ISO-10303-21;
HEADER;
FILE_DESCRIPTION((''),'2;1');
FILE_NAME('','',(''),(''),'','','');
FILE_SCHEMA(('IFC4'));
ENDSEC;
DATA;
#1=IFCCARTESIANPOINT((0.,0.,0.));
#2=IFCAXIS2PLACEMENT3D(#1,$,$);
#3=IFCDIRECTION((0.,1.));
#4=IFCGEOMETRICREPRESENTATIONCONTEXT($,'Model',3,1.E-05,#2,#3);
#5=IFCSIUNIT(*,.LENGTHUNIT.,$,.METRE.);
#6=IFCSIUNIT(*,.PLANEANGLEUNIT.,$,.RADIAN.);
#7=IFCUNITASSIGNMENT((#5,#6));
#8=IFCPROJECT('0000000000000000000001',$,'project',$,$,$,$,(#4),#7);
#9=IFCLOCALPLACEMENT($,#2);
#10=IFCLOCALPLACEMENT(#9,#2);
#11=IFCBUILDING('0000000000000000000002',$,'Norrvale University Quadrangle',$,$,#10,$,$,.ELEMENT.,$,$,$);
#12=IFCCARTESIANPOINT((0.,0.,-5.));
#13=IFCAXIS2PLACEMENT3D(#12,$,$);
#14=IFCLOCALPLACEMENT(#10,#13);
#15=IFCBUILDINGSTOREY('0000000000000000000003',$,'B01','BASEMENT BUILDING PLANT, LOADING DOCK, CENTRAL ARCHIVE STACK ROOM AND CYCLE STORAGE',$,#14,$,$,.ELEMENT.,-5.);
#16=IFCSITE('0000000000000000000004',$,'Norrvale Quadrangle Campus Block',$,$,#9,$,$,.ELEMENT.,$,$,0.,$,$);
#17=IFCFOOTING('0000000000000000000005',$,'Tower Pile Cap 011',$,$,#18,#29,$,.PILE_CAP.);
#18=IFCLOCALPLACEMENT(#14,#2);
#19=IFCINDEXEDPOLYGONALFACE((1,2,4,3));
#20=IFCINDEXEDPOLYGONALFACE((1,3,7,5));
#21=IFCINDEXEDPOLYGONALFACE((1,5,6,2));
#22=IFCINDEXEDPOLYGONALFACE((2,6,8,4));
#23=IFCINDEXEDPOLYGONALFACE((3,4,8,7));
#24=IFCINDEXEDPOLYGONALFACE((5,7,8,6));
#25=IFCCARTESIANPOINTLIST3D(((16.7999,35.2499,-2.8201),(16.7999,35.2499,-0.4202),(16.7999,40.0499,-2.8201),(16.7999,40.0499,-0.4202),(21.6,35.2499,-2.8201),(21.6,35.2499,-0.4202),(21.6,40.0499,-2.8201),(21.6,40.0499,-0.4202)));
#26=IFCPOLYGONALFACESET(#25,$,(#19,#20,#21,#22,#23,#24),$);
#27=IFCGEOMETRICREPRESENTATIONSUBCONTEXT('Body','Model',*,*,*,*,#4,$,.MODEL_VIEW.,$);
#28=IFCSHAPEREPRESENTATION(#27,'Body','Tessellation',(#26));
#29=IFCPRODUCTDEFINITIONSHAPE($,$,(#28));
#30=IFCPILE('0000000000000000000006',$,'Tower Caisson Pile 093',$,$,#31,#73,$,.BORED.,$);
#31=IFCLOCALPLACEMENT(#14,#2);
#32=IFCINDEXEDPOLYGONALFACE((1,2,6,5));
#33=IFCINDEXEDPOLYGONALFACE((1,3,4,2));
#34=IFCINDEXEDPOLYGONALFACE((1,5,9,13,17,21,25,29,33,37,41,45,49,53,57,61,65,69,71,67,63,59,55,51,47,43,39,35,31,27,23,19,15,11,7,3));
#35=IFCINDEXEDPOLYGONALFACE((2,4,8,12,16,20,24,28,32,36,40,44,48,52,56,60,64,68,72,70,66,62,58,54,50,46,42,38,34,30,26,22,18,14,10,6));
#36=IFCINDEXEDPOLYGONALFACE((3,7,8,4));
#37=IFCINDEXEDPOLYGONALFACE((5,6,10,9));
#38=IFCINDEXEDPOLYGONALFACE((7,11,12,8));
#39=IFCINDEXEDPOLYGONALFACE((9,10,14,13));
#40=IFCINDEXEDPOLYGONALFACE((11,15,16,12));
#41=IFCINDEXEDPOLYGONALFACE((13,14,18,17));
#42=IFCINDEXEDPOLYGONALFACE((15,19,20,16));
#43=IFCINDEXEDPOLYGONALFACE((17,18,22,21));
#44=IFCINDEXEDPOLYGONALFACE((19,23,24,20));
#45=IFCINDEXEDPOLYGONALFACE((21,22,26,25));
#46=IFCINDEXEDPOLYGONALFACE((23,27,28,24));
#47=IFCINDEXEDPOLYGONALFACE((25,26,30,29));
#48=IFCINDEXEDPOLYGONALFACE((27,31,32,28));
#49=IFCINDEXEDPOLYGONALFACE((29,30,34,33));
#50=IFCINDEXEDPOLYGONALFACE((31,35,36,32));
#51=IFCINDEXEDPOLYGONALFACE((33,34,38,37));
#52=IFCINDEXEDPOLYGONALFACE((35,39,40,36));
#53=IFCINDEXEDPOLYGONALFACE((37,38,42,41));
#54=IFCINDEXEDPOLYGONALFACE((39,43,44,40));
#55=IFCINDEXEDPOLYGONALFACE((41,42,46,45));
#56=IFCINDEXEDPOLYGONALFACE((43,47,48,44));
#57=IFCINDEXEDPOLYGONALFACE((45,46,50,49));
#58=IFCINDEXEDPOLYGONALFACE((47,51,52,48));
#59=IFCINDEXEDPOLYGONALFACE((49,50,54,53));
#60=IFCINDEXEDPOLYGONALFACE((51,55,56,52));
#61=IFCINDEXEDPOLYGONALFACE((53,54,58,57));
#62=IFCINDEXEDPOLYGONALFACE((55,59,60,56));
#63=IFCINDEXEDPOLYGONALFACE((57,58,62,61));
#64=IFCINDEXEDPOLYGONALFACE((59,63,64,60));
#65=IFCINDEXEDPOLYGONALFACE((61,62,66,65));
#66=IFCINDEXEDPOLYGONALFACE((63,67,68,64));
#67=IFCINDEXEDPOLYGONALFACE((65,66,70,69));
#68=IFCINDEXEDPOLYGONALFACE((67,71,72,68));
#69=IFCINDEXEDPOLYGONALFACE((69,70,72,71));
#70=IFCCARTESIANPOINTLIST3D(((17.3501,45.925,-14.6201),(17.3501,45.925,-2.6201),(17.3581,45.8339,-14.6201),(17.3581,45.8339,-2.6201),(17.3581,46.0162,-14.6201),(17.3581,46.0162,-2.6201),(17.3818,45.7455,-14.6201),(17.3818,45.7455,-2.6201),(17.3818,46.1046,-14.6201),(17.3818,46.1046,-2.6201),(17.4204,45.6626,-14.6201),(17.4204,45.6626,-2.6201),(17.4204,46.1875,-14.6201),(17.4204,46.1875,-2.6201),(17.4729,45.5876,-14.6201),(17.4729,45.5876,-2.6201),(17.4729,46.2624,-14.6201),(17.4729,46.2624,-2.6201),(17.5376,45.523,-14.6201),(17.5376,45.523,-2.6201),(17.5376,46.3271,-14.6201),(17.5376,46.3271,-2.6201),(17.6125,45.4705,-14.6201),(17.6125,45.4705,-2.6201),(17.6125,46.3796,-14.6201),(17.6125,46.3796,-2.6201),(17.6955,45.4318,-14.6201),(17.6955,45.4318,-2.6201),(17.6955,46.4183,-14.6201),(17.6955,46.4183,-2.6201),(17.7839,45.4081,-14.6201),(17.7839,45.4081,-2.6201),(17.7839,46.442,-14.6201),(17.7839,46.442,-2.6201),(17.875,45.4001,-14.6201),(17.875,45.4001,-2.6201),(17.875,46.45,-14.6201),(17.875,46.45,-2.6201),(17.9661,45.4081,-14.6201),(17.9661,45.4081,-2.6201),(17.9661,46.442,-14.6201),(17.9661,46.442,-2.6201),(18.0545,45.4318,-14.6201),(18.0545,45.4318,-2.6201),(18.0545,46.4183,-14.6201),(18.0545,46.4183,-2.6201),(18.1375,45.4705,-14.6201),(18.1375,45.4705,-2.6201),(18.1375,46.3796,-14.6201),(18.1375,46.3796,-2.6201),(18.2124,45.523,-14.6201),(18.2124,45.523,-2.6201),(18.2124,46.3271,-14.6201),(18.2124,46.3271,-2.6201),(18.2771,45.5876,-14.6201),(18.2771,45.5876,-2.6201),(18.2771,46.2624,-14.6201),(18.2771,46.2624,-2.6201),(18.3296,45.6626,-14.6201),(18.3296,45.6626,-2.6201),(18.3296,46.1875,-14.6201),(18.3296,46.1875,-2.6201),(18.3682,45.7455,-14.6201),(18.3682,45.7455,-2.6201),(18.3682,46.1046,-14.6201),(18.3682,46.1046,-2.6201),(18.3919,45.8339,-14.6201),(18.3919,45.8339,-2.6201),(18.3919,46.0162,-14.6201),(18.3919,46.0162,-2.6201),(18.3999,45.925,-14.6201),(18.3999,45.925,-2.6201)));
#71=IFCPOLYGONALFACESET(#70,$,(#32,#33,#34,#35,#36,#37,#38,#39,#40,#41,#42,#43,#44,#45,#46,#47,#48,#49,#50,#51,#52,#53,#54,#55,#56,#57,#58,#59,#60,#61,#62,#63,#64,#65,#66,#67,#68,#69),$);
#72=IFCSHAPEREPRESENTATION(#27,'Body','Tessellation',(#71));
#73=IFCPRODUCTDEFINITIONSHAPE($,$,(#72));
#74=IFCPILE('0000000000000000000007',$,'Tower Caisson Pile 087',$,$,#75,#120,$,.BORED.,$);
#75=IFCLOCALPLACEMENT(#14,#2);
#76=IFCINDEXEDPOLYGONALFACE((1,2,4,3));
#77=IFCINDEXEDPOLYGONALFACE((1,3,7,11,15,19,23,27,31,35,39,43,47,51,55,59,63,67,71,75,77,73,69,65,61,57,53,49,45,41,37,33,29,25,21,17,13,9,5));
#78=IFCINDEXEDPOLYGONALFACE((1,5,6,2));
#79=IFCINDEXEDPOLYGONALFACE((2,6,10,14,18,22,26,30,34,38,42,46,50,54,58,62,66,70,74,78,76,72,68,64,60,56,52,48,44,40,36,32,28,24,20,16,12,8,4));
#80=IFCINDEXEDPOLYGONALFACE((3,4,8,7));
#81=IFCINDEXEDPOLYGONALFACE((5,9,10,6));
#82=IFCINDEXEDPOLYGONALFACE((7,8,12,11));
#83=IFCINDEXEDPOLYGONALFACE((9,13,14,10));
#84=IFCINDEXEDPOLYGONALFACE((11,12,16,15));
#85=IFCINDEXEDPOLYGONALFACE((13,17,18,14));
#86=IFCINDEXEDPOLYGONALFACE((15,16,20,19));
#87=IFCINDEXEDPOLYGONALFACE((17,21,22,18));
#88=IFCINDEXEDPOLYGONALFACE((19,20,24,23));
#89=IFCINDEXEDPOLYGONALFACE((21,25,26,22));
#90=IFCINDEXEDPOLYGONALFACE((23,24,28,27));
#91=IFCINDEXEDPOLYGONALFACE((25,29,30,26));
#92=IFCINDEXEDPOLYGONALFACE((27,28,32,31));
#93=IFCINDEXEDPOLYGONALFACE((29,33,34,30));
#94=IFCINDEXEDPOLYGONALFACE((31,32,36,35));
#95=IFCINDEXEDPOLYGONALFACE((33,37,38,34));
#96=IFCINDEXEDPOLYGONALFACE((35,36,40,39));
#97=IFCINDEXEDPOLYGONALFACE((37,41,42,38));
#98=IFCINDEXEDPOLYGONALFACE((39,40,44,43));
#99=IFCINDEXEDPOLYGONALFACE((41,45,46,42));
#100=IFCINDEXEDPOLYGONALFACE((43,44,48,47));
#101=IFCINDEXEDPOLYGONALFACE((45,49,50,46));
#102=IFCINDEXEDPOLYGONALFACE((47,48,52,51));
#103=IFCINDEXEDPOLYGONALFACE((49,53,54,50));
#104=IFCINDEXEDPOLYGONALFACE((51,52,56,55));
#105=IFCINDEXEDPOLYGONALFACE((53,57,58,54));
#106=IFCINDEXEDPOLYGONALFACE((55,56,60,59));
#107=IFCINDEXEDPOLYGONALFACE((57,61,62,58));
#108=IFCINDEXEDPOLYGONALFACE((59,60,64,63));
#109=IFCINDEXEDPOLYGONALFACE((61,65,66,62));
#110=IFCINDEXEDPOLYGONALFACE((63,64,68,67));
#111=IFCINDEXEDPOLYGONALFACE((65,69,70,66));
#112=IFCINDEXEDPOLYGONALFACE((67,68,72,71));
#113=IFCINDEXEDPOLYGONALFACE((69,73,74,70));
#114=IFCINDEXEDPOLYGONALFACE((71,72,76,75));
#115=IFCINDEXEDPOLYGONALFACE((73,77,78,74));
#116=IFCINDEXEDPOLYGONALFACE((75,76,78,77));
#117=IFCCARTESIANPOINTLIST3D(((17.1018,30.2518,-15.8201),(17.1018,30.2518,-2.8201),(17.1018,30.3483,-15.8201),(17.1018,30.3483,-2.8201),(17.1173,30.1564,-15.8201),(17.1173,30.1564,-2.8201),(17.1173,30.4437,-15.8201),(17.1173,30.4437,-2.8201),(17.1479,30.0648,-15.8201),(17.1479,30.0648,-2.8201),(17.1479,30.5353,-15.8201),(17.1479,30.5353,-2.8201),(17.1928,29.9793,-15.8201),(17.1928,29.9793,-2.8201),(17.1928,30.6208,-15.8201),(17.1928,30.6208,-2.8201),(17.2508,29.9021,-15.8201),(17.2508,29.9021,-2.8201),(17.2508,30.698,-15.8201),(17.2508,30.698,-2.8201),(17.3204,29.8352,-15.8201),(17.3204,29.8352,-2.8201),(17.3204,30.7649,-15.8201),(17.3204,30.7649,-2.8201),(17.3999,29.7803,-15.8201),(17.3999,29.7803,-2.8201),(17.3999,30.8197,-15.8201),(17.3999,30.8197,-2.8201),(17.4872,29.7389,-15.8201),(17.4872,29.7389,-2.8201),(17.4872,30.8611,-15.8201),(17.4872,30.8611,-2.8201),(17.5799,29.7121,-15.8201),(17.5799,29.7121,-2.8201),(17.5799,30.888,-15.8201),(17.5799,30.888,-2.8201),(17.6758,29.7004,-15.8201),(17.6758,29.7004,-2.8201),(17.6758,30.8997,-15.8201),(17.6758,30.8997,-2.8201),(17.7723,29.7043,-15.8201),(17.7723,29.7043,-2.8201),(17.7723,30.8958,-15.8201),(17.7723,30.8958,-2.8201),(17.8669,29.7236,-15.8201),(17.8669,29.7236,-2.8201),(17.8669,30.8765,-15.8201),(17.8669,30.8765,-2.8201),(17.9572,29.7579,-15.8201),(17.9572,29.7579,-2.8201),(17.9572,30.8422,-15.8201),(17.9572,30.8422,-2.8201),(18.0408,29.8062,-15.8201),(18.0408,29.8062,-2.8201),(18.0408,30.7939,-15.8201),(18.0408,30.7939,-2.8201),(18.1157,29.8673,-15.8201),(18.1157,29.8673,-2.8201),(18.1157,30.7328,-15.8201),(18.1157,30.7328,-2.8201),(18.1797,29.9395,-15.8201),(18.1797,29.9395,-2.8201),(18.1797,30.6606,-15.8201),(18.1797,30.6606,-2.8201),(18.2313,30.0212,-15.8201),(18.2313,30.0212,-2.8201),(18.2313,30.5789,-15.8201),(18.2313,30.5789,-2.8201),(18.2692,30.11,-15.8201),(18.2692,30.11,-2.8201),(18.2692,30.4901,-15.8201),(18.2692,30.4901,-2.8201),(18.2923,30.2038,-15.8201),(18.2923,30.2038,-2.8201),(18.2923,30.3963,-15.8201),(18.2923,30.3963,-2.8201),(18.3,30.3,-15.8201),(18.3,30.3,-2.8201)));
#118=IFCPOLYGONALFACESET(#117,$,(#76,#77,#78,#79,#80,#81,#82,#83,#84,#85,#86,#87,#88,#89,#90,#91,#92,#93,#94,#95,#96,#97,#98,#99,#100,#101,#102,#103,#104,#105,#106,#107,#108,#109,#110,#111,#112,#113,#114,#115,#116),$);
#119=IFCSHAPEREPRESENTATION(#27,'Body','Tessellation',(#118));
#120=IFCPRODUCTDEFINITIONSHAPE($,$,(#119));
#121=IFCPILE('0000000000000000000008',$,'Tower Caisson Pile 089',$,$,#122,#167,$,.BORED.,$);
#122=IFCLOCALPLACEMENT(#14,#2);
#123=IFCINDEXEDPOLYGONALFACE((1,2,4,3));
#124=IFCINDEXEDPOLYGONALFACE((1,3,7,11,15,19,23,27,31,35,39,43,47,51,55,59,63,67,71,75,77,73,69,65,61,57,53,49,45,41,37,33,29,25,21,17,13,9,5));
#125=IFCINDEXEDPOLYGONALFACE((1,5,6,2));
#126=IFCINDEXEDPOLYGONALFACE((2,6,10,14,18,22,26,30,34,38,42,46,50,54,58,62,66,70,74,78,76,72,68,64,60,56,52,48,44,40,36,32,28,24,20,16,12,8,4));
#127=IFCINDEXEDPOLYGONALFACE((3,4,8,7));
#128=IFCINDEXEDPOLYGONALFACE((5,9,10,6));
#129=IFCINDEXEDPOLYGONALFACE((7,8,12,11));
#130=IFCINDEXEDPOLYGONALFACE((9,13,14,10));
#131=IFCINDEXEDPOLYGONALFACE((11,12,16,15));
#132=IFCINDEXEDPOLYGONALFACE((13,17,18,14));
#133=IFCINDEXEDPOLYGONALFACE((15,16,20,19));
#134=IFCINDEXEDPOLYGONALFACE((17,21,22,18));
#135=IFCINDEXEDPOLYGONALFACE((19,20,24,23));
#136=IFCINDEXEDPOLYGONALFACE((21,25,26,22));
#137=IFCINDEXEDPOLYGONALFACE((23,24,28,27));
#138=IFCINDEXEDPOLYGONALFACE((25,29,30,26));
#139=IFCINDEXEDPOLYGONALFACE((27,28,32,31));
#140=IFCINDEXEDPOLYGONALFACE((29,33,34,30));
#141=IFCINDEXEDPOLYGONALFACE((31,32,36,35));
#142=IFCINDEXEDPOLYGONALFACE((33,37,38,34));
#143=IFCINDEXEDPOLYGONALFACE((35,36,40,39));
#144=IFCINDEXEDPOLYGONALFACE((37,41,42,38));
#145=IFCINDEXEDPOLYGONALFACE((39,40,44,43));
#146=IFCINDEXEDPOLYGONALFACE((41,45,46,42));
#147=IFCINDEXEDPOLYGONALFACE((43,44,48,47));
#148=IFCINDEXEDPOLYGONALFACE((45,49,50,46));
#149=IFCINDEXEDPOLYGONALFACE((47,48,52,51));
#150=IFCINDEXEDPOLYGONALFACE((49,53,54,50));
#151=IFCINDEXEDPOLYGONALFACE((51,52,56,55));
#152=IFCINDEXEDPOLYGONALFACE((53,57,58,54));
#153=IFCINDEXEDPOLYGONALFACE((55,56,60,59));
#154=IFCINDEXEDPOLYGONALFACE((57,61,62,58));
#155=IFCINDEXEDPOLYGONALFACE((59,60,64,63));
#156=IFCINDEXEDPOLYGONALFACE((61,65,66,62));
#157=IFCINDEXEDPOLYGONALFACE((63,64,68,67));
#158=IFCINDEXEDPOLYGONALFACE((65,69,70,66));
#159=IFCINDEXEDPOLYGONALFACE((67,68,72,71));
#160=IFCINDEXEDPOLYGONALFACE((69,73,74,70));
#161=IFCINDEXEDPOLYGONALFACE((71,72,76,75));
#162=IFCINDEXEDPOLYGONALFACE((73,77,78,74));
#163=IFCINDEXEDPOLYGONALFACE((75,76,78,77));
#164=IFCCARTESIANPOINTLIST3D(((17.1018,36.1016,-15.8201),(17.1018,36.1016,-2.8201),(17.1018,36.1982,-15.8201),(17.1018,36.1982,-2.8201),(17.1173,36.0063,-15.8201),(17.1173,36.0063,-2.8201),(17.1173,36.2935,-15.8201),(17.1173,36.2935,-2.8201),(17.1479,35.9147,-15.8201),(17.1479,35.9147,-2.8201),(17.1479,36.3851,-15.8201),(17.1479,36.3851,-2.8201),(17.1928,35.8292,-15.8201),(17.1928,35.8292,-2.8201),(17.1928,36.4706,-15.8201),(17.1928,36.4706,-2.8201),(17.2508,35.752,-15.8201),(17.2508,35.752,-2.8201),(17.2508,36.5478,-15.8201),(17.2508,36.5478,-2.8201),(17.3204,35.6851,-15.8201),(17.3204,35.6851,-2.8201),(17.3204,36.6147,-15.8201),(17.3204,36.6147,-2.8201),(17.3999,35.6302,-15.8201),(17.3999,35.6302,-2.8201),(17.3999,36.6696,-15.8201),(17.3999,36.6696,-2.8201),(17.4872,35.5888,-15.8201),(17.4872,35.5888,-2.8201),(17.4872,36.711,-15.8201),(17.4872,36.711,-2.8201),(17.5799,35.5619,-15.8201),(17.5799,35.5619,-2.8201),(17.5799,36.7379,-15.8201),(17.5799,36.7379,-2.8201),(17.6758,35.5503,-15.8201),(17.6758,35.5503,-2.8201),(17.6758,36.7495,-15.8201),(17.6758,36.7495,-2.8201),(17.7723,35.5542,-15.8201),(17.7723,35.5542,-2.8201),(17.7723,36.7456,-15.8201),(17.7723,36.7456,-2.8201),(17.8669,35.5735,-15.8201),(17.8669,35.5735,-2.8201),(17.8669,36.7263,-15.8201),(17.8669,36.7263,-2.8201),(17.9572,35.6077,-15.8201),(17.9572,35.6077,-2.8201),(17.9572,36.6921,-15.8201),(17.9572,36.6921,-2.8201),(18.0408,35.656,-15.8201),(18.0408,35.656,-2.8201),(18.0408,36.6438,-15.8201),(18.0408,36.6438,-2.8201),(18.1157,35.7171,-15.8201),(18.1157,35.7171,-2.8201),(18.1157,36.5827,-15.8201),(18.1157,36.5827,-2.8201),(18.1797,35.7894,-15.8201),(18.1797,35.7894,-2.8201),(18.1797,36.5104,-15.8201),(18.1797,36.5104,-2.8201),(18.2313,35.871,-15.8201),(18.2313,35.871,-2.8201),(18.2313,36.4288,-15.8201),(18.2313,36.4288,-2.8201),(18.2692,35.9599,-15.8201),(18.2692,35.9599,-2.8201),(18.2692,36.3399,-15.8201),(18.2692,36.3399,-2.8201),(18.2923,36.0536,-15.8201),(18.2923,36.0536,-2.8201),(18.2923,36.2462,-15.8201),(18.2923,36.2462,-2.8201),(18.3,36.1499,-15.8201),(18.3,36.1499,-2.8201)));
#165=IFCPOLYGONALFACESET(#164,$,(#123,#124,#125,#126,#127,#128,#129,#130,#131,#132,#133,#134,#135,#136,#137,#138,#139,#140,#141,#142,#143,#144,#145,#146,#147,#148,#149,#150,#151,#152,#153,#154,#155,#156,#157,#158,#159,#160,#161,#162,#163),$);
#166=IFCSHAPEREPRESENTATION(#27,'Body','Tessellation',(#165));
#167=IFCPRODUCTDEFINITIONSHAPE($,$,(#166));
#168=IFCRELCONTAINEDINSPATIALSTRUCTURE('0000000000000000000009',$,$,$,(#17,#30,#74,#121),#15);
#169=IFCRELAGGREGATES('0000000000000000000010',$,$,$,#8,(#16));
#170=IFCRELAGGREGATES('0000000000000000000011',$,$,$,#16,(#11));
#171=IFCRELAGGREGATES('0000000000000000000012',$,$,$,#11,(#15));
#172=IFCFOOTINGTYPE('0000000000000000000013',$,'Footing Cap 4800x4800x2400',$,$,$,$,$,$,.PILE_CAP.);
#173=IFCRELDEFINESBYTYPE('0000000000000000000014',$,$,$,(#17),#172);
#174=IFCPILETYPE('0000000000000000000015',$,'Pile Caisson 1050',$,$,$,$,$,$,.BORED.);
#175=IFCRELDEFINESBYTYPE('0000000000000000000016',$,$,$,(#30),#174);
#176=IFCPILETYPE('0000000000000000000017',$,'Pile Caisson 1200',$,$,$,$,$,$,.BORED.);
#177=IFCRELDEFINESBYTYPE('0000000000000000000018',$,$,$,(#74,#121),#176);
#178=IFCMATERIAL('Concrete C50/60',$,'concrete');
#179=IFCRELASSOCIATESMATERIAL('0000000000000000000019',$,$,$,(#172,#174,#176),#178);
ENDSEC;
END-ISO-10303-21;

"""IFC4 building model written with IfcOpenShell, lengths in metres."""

from ifc_helpers import new_model, si_unit, direction, frame, origin, origin_2d, place, context, subcontext, project, spatial, rectangle, circle, extrude, material, material_profile, profile_set, type_object, element, save


model = new_model("IFC4")

# Units and contexts
model_context = context("Model", 3, precision=1e-05, world=origin(), true_north=direction((0.0, 1.0)))
body_context = subcontext(model_context, "Body", "Model", "MODEL_VIEW")
ifc_project = project(units=[si_unit("LENGTHUNIT", "METRE"), si_unit("PLANEANGLEUNIT", "RADIAN")], contexts=[model_context])

# Site, building, storey
site_placement = place(None, origin())
site = spatial("IfcSite", under=ifc_project, at=site_placement, Name="Norrvale Quadrangle Campus Block", CompositionType="ELEMENT", RefElevation=0.0)
building_placement = place(site_placement, origin())
building = spatial("IfcBuilding", under=site, at=building_placement, Name="Norrvale University Quadrangle", CompositionType="ELEMENT")
storey_placement = place(building_placement, frame((0.0, 0.0, -5.0)))
storey = spatial("IfcBuildingStorey", under=building, at=storey_placement, Name="B01", Description="BASEMENT BUILDING PLANT, LOADING DOCK, CENTRAL ARCHIVE STACK ROOM AND CYCLE STORAGE", CompositionType="ELEMENT", Elevation=-5.0)

# Footing
ifc_material_1 = material(Name="Concrete C50/60", Category="concrete")
footing_type = type_object("IfcFootingType", Name="Footing Cap 4800x4800x2400", PredefinedType="PILE_CAP", material=ifc_material_1)
footing_placement = place(storey_placement, frame((19.2, 37.6499, -2.8201), z_axis=(0.0, 0.0, 1.0), x_axis=(1.0, 0.0, 0.0)))
element("IfcFooting", 1, at=footing_placement, inside=storey, type_object=footing_type, Name="Tower Pile Cap 011", PredefinedType="PILE_CAP", context=body_context, shape_type="SweptSolid", body=[
    extrude(rectangle(XDim=4.8, YDim=4.8, at=origin_2d()), origin(), (0.0, 0.0, 1.0), 2.3999),
])

# Piles
ifc_material_profile_1 = material_profile(ifc_material_1, circle(Radius=0.5249, at=origin_2d()), Name="Concrete C50/60")
ifc_profile_set_1 = profile_set([ifc_material_profile_1], Name="Concrete C50/60")
pile_type_1 = type_object("IfcPileType", Name="Pile Caisson 1050", PredefinedType="BORED", material=ifc_profile_set_1)
pile_placement = place(storey_placement, frame((17.875, 45.925, -2.6201), z_axis=(0.0, 0.0, -1.0), x_axis=(1.0, 0.0, 0.0)))
element("IfcPile", 2, at=pile_placement, inside=storey, type_object=pile_type_1, Name="Tower Caisson Pile 093", PredefinedType="BORED", context=body_context, shape_type="SweptSolid", body=[
    extrude(circle(Radius=0.5249, at=origin_2d()), origin(), (0.0, 0.0, 1.0), 12.0),
])
ifc_material_profile_2 = material_profile(ifc_material_1, circle(Radius=0.6001, at=origin_2d()), Name="Concrete C50/60")
ifc_profile_set_2 = profile_set([ifc_material_profile_2], Name="Concrete C50/60")
pile_type_2 = type_object("IfcPileType", Name="Pile Caisson 1200", PredefinedType="BORED", material=ifc_profile_set_2)
for number, where, z_axis, x_axis, name in (
    (3, (17.7, 30.3, -2.8201), (0.0, 0.0, -1.0), (1.0, 0.0, 0.0), "Tower Caisson Pile 087"),
    (4, (17.7, 36.1499, -2.8201), (0.0, 0.0, -1.0), (1.0, 0.0, 0.0), "Tower Caisson Pile 089"),
):
    element("IfcPile", number, at=place(storey_placement, frame(where, z_axis=z_axis, x_axis=x_axis)), inside=storey, type_object=pile_type_2, Name=name, PredefinedType="BORED", context=body_context, shape_type="SweptSolid", body=[
        extrude(circle(Radius=0.6001, at=origin_2d()), origin(), (0.0, 0.0, 1.0), 13.0),
    ])

save(model, "model.ifc")
